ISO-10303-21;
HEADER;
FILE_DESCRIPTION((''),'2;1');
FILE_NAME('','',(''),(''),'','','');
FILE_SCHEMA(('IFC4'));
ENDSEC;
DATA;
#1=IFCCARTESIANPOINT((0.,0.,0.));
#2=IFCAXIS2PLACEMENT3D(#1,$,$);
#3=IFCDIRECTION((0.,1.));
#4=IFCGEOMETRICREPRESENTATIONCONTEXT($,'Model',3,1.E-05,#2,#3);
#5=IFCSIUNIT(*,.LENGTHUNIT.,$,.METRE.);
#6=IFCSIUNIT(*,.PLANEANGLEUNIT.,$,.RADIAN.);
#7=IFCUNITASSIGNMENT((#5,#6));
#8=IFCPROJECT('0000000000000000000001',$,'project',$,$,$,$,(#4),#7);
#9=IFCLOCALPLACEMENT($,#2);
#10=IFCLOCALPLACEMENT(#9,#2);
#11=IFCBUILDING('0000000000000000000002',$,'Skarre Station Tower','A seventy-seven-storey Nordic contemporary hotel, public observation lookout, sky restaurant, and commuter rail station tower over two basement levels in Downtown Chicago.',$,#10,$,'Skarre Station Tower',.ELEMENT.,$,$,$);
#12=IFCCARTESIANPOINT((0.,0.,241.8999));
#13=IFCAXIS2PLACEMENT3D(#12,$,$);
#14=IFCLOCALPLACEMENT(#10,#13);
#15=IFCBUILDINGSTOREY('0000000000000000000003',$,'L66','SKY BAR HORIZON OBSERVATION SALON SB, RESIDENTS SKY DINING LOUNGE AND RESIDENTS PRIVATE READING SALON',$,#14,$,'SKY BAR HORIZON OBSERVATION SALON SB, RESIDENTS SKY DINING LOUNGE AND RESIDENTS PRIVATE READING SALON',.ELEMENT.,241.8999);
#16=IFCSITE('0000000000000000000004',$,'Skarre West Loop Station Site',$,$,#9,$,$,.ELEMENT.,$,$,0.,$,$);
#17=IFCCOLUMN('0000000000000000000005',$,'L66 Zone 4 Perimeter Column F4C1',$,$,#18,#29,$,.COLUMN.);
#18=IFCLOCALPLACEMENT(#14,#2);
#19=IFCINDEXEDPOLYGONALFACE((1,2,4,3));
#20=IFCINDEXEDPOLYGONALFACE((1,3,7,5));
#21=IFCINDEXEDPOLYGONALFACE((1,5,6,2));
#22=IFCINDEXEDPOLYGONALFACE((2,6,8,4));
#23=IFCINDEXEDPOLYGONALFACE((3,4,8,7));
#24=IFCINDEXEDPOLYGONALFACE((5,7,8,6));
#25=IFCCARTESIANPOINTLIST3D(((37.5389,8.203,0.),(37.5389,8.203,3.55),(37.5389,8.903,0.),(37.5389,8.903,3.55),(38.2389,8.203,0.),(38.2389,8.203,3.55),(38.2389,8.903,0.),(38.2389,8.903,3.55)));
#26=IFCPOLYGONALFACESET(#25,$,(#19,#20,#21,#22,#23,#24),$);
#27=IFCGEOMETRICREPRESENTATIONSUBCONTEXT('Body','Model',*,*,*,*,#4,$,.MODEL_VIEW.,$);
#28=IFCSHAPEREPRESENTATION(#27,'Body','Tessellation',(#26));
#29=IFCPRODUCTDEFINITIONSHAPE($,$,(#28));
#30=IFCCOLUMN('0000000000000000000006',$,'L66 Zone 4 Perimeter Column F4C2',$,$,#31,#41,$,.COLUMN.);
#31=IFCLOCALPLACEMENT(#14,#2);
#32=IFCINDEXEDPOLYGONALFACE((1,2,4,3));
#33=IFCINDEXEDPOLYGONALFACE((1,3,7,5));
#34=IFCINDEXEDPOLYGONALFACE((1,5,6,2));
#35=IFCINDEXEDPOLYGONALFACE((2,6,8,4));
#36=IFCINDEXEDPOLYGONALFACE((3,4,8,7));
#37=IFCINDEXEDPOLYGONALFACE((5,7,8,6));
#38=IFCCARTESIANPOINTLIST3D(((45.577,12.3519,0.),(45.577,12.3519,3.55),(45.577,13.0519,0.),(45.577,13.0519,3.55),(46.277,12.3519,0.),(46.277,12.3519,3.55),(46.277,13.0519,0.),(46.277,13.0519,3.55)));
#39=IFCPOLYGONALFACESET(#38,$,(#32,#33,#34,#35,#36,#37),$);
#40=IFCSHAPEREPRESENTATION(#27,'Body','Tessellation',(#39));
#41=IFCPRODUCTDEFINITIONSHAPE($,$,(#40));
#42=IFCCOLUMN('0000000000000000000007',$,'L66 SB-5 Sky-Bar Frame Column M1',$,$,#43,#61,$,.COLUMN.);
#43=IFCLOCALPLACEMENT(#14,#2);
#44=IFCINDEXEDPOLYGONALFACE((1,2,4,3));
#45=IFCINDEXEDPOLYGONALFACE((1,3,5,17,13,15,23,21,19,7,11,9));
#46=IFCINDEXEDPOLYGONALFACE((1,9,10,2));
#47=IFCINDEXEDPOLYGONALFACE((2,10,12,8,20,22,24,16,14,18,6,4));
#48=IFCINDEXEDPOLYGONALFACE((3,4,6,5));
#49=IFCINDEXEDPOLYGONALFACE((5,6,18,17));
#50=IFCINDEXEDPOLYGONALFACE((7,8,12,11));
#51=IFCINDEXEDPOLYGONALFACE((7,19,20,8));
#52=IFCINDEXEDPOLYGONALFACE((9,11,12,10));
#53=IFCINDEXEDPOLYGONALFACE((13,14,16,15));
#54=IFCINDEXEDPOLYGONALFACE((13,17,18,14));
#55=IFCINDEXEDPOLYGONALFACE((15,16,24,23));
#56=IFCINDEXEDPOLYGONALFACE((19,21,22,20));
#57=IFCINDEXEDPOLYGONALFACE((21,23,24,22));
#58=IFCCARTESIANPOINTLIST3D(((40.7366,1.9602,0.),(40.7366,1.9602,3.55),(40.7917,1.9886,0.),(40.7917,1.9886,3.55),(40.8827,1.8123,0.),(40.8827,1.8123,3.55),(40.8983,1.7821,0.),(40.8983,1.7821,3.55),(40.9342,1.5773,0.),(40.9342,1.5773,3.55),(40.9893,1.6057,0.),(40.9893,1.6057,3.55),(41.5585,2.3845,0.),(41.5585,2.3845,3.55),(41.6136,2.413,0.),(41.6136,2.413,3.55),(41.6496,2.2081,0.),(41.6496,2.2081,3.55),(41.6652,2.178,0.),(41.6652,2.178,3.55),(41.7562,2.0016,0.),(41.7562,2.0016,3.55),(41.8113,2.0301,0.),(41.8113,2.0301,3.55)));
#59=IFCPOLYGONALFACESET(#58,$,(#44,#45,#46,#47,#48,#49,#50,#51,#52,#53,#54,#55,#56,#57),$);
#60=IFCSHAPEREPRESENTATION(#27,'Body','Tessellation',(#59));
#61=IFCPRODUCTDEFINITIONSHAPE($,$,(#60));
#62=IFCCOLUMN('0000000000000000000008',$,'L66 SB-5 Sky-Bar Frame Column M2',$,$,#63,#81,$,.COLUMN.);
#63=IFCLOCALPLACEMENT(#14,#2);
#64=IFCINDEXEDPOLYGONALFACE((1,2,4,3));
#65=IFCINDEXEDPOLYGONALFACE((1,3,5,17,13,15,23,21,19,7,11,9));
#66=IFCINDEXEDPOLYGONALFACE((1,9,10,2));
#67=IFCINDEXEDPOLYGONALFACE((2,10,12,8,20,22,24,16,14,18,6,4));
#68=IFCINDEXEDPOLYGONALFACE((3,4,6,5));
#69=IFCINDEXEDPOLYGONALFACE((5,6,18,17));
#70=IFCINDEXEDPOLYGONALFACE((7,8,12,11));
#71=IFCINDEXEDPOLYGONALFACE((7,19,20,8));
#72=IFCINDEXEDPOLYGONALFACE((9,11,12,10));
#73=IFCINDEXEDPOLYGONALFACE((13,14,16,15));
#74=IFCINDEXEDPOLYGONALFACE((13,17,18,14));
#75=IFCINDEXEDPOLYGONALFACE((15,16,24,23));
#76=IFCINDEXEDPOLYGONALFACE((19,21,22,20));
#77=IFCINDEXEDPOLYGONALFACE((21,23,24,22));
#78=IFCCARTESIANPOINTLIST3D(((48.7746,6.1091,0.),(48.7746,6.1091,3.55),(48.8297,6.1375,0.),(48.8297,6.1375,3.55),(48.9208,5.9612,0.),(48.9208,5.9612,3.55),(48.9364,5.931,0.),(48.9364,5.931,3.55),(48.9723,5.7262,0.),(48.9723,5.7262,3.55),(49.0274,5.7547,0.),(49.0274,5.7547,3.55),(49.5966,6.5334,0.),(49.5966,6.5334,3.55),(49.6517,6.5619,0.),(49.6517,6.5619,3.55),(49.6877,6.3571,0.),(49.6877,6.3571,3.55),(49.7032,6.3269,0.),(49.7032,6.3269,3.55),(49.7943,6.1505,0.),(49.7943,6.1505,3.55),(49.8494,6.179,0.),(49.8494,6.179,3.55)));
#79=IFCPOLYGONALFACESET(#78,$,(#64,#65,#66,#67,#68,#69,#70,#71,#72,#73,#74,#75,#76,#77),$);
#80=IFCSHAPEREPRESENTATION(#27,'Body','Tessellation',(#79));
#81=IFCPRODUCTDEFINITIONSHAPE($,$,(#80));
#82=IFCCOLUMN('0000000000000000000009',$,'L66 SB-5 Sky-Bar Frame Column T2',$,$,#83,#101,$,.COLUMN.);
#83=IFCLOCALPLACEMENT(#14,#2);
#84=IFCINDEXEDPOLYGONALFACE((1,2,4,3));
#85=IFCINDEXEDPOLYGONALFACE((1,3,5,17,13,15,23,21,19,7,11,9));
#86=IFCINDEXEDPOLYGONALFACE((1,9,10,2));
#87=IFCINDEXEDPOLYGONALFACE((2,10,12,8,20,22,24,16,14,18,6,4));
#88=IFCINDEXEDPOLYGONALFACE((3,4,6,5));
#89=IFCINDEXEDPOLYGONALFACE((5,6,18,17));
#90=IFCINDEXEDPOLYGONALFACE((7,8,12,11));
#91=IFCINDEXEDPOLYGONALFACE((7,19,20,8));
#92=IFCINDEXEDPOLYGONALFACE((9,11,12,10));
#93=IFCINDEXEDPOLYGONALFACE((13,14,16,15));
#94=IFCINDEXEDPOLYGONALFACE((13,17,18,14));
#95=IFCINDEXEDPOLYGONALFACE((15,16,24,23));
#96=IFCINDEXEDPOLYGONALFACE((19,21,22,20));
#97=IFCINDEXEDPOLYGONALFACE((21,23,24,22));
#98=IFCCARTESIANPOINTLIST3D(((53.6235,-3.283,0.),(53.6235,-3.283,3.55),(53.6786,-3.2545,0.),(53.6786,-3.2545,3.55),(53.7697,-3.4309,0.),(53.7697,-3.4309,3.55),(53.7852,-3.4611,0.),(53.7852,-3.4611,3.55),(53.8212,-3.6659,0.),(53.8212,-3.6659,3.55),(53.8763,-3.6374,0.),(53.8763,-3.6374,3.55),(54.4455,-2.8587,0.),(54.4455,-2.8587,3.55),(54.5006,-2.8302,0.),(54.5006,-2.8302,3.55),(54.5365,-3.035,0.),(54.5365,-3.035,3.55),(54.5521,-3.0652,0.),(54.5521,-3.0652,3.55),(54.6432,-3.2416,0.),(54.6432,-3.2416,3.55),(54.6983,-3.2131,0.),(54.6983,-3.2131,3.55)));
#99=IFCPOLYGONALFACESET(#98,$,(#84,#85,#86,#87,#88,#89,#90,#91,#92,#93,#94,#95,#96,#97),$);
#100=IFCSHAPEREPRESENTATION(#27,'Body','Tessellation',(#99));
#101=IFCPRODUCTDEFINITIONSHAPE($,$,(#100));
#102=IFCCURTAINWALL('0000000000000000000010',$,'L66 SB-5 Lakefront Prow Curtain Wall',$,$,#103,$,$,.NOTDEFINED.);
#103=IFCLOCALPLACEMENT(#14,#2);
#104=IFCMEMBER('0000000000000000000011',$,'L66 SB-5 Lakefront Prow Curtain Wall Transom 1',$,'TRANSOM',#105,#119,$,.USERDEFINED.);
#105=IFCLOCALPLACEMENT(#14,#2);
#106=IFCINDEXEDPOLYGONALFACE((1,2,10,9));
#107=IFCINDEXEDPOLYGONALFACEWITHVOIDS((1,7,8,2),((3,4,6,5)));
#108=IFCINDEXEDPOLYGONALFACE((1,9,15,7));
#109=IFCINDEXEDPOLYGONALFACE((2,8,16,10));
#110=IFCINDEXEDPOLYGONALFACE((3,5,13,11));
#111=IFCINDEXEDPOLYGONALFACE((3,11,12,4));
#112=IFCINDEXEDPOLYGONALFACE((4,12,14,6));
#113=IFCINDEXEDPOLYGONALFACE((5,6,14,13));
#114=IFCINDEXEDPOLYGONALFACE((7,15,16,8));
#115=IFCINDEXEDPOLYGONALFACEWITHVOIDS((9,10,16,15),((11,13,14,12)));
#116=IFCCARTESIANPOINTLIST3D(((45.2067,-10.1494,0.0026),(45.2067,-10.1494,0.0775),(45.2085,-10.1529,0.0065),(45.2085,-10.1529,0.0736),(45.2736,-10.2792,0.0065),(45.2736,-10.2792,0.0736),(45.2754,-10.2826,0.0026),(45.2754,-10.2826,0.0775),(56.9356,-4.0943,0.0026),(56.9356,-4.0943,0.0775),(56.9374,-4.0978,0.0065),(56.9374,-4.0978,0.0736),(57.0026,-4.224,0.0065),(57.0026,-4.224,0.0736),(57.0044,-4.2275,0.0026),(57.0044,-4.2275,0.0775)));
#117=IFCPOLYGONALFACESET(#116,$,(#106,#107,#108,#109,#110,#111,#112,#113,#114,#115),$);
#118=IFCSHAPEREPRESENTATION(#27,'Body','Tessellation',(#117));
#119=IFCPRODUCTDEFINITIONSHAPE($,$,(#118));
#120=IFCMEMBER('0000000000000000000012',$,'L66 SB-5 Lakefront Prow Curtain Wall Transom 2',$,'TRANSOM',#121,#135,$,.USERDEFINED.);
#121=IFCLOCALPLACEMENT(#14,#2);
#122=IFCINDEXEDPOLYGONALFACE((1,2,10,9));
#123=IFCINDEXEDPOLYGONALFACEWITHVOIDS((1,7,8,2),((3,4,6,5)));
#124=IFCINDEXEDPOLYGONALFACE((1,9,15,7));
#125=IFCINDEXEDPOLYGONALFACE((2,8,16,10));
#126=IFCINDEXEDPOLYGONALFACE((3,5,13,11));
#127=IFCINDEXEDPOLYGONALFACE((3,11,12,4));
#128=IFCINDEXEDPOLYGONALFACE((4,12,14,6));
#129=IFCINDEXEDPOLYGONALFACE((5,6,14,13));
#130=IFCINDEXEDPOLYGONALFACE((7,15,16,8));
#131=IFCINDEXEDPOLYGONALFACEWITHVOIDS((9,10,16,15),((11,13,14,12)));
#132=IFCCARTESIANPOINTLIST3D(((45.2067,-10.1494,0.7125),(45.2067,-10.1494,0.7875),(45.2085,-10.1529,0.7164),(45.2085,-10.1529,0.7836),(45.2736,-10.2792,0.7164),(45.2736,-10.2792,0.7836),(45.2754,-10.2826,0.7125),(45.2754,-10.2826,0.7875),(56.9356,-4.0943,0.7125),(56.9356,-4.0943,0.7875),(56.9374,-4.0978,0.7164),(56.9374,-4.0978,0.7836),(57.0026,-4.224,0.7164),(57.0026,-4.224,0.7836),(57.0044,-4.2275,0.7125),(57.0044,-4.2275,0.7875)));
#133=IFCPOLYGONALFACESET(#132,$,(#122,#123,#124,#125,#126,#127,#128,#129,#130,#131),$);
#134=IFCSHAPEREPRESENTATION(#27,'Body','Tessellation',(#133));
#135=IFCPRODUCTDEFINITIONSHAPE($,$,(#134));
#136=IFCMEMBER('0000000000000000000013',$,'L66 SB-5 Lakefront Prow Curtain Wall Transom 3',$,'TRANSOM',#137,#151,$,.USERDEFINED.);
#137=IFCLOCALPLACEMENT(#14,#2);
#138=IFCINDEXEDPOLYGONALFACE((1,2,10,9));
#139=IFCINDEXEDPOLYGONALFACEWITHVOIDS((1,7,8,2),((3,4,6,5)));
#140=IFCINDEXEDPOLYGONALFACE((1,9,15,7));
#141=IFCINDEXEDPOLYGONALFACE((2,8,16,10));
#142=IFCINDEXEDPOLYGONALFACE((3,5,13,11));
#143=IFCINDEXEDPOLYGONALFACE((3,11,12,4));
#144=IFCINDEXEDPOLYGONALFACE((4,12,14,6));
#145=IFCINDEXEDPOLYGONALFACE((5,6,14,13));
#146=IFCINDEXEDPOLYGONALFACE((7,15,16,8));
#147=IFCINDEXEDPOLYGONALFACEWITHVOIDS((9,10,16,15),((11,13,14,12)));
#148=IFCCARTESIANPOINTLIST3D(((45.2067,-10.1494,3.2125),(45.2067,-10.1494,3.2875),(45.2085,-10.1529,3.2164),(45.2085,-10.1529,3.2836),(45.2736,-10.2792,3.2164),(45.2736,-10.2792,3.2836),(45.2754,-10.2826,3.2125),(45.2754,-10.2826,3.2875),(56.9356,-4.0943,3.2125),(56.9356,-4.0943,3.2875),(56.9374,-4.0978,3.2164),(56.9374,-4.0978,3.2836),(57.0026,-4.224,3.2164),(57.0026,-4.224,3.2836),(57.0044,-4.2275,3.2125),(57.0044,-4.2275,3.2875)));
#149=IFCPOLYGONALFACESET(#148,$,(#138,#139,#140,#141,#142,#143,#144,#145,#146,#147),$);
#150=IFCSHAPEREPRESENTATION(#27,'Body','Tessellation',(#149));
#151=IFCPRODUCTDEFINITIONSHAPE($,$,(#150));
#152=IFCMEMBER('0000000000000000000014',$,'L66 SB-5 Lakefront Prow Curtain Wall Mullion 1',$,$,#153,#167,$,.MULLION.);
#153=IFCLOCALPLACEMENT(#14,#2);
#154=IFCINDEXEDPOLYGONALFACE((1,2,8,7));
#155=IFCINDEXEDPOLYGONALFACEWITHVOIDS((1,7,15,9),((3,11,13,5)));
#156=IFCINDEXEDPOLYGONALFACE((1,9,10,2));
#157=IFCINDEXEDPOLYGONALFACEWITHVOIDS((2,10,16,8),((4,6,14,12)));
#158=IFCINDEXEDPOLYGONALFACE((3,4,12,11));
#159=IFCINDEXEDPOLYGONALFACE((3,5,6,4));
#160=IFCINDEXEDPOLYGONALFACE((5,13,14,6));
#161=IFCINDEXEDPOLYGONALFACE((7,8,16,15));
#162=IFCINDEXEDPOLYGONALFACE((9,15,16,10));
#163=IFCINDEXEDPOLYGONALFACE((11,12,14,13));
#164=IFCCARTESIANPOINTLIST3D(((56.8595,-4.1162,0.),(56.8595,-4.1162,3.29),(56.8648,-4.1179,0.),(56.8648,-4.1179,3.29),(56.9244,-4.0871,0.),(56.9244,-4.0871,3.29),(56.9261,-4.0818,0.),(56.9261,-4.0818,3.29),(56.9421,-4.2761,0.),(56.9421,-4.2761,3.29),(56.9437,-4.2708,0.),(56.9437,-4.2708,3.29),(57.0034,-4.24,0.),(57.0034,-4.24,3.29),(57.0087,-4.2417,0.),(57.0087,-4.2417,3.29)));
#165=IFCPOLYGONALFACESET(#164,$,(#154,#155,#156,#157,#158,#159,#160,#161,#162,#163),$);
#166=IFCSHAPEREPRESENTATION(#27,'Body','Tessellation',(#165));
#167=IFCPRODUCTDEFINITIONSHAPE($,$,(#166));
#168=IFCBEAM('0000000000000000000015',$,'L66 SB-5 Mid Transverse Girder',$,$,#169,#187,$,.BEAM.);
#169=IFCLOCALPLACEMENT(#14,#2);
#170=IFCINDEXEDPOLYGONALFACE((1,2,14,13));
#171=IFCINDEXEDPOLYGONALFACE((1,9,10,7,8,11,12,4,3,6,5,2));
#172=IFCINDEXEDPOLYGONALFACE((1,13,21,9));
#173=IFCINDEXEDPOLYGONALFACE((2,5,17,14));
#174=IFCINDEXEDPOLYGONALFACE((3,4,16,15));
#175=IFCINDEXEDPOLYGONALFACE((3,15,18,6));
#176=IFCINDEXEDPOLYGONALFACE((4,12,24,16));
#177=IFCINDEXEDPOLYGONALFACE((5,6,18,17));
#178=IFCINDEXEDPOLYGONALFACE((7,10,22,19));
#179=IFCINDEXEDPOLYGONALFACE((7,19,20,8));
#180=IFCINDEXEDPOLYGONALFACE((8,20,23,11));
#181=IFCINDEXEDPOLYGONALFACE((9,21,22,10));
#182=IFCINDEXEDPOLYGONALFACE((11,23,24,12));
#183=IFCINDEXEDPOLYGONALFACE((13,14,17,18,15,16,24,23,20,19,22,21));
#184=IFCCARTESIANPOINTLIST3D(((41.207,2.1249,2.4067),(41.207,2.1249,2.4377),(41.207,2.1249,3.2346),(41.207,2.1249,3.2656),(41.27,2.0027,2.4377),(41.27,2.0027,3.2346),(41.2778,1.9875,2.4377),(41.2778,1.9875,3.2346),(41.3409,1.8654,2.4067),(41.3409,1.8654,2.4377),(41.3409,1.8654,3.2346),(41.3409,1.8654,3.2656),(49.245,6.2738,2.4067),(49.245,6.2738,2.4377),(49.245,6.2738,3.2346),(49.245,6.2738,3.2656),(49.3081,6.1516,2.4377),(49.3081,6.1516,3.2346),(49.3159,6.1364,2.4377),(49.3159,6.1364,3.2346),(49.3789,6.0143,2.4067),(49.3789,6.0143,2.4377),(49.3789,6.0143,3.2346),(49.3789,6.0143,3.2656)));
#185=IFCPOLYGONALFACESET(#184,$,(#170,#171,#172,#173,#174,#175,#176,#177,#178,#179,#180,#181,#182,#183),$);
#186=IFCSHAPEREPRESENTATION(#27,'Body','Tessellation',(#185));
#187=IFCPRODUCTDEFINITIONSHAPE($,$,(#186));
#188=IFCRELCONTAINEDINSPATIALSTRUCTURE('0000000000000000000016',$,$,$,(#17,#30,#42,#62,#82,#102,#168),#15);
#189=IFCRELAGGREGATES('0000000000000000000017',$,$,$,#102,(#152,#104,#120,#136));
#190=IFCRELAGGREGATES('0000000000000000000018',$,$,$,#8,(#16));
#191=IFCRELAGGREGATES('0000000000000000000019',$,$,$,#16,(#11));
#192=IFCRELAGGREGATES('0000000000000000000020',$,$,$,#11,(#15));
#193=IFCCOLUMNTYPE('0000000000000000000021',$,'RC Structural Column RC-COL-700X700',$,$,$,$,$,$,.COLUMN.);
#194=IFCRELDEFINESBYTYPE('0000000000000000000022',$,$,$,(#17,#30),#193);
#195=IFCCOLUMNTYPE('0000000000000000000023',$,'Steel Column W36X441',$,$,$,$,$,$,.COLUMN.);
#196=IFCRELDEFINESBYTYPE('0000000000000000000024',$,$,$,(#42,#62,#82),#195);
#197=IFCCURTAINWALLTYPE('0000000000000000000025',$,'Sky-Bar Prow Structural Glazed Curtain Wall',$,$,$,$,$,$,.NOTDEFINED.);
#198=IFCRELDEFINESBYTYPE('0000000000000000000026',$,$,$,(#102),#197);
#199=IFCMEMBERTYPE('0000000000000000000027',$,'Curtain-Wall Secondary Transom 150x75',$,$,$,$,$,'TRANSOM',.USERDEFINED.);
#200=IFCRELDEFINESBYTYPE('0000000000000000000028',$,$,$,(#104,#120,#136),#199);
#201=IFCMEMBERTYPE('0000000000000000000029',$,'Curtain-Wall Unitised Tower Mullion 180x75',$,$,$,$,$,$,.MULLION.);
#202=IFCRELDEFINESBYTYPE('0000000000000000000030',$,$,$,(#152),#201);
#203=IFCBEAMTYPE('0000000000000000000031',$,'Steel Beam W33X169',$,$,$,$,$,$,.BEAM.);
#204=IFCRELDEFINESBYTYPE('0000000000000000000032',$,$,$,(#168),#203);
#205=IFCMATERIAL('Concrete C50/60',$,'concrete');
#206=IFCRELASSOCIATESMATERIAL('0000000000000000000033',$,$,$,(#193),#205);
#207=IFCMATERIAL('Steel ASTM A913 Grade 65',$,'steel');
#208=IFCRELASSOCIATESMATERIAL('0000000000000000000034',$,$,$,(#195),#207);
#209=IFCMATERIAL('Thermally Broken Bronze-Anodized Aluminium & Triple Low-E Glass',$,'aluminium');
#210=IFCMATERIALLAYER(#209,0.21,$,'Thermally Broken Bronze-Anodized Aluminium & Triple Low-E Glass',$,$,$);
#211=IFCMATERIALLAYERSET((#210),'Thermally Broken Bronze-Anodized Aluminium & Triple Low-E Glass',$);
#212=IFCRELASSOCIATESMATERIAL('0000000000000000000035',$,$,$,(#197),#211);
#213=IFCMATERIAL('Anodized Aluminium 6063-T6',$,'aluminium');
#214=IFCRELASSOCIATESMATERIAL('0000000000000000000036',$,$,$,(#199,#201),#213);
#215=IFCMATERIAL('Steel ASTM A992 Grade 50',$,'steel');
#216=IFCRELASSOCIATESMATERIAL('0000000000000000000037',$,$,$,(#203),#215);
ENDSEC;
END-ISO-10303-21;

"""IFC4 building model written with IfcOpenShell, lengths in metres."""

from ifc_helpers import new_model, si_unit, direction, frame, origin, origin_2d, place, context, subcontext, project, spatial, rectangle, hollow_rectangle, i_section, extrude, material, layer, layer_set, material_profile, profile_set, type_object, element, aggregate, save


model = new_model("IFC4")

# Units and contexts
model_context = context("Model", 3, precision=1e-05, world=origin(), true_north=direction((0.0, 1.0)))
body_context = subcontext(model_context, "Body", "Model", "MODEL_VIEW")
ifc_project = project(units=[si_unit("LENGTHUNIT", "METRE"), si_unit("PLANEANGLEUNIT", "RADIAN")], contexts=[model_context])

# Site, building, storey
site_placement = place(None, origin())
site = spatial("IfcSite", under=ifc_project, at=site_placement, Name="Skarre West Loop Station Site", CompositionType="ELEMENT", RefElevation=0.0)
building_placement = place(site_placement, origin())
building = spatial("IfcBuilding", under=site, at=building_placement, Name="Skarre Station Tower", Description="A seventy-seven-storey Nordic contemporary hotel, public observation lookout, sky restaurant, and commuter rail station tower over two basement levels in Downtown Chicago.", LongName="Skarre Station Tower", CompositionType="ELEMENT")
storey_placement = place(building_placement, frame((0.0, 0.0, 241.8999)))
storey = spatial("IfcBuildingStorey", under=building, at=storey_placement, Name="L66", Description="SKY BAR HORIZON OBSERVATION SALON SB, RESIDENTS SKY DINING LOUNGE AND RESIDENTS PRIVATE READING SALON", LongName="SKY BAR HORIZON OBSERVATION SALON SB, RESIDENTS SKY DINING LOUNGE AND RESIDENTS PRIVATE READING SALON", CompositionType="ELEMENT", Elevation=241.8999)

# Columns
ifc_material_1 = material(Name="Concrete C50/60", Category="concrete")
ifc_material_profile_1 = material_profile(ifc_material_1, rectangle(XDim=0.7, YDim=0.7, at=origin_2d()), Name="Concrete C50/60")
ifc_profile_set_1 = profile_set([ifc_material_profile_1], Name="Concrete C50/60")
column_type_1 = type_object("IfcColumnType", Name="RC Structural Column RC-COL-700X700", PredefinedType="COLUMN", material=ifc_profile_set_1)
for number, where, z_axis, x_axis, name in (
    (1, (37.8889, 8.553, 0.0), (0.0, 0.0, 1.0), (1.0, 0.0, 0.0), "L66 Zone 4 Perimeter Column F4C1"),
    (2, (45.927, 12.7019, 0.0), (0.0, 0.0, 1.0), (1.0, 0.0, 0.0), "L66 Zone 4 Perimeter Column F4C2"),
):
    element("IfcColumn", number, at=place(storey_placement, frame(where, z_axis=z_axis, x_axis=x_axis)), inside=storey, type_object=column_type_1, Name=name, PredefinedType="COLUMN", context=body_context, shape_type="SweptSolid", body=[
        extrude(rectangle(XDim=0.7, YDim=0.7, at=origin_2d()), origin(), (0.0, 0.0, 1.0), 3.55),
    ])
ifc_material_2 = material(Name="Steel ASTM A913 Grade 65", Category="steel")
ifc_material_profile_2 = material_profile(ifc_material_2, i_section(OverallWidth=0.4309, OverallDepth=0.9871, WebThickness=0.0339, FlangeThickness=0.062, at=origin_2d()), Name="Steel ASTM A913 Grade 65")
ifc_profile_set_2 = profile_set([ifc_material_profile_2], Name="Steel ASTM A913 Grade 65")
column_type_2 = type_object("IfcColumnType", Name="Steel Column W36X441", PredefinedType="COLUMN", material=ifc_profile_set_2)
for number, where, z_axis, x_axis, name in (
    (3, (41.2739, 1.9951, 0.0), (0.0, 0.0, 1.0), (0.458712, -0.888585, 0.0), "L66 SB-5 Sky-Bar Frame Column M1"),
    (4, (49.312, 6.144, 0.0), (0.0, 0.0, 1.0), (0.458712, -0.888585, 0.0), "L66 SB-5 Sky-Bar Frame Column M2"),
    (5, (54.1609, -3.248, 0.0), (0.0, 0.0, 1.0), (0.458712, -0.888585, 0.0), "L66 SB-5 Sky-Bar Frame Column T2"),
):
    element("IfcColumn", number, at=place(storey_placement, frame(where, z_axis=z_axis, x_axis=x_axis)), inside=storey, type_object=column_type_2, Name=name, PredefinedType="COLUMN", context=body_context, shape_type="SweptSolid", body=[
        extrude(i_section(OverallWidth=0.4309, OverallDepth=0.9871, WebThickness=0.0339, FlangeThickness=0.062, at=origin_2d()), origin(), (0.0, 0.0, 1.0), 3.55),
    ])

# Curtain wall, members
ifc_material_3 = material(Name="Thermally Broken Bronze-Anodized Aluminium & Triple Low-E Glass", Category="aluminium")
ifc_layer_1 = layer(ifc_material_3, 0.21, Name="Thermally Broken Bronze-Anodized Aluminium & Triple Low-E Glass")
ifc_layer_set_1 = layer_set([ifc_layer_1], Name="Thermally Broken Bronze-Anodized Aluminium & Triple Low-E Glass")
curtain_wall_type = type_object("IfcCurtainWallType", Name="Sky-Bar Prow Structural Glazed Curtain Wall", PredefinedType="NOTDEFINED", material=ifc_layer_set_1)
curtain_wall_placement = place(storey_placement, origin())
curtain_wall = element("IfcCurtainWall", 6, at=curtain_wall_placement, inside=storey, type_object=curtain_wall_type, Name="L66 SB-5 Lakefront Prow Curtain Wall", PredefinedType="NOTDEFINED")
ifc_material_4 = material(Name="Anodized Aluminium 6063-T6", Category="aluminium")
ifc_material_profile_3 = material_profile(ifc_material_4, hollow_rectangle(XDim=0.075, YDim=0.1499, WallThickness=0.0039, at=origin_2d()), Name="Anodized Aluminium 6063-T6")
ifc_profile_set_3 = profile_set([ifc_material_profile_3], Name="Anodized Aluminium 6063-T6")
member_type_1 = type_object("IfcMemberType", Name="Curtain-Wall Secondary Transom 150x75", ElementType="TRANSOM", PredefinedType="USERDEFINED", material=ifc_profile_set_3)
member_1_placement = place(storey_placement, frame((56.97, -4.1609, 0.04), z_axis=(-0.888574, -0.458732, 0.0), x_axis=(0.0, 0.0, 1.0)))
member_1 = element("IfcMember", 7, at=member_1_placement, type_object=member_type_1, Name="L66 SB-5 Lakefront Prow Curtain Wall Transom 1", ObjectType="TRANSOM", PredefinedType="USERDEFINED", context=body_context, shape_type="SweptSolid", body=[
    extrude(hollow_rectangle(XDim=0.075, YDim=0.1499, WallThickness=0.0039, at=origin_2d()), origin(), (0.0, 0.0, 1.0), 13.1997),
])
member_2_placement = place(storey_placement, frame((56.97, -4.1609, 0.75), z_axis=(-0.888574, -0.458732, 0.0), x_axis=(0.0, 0.0, 1.0)))
member_2 = element("IfcMember", 8, at=member_2_placement, type_object=member_type_1, Name="L66 SB-5 Lakefront Prow Curtain Wall Transom 2", ObjectType="TRANSOM", PredefinedType="USERDEFINED", context=body_context, shape_type="SweptSolid", body=[
    extrude(hollow_rectangle(XDim=0.075, YDim=0.1499, WallThickness=0.0039, at=origin_2d()), origin(), (0.0, 0.0, 1.0), 13.1997),
])
member_3_placement = place(storey_placement, frame((56.97, -4.1609, 3.25), z_axis=(-0.888574, -0.458732, 0.0), x_axis=(0.0, 0.0, 1.0)))
member_3 = element("IfcMember", 9, at=member_3_placement, type_object=member_type_1, Name="L66 SB-5 Lakefront Prow Curtain Wall Transom 3", ObjectType="TRANSOM", PredefinedType="USERDEFINED", context=body_context, shape_type="SweptSolid", body=[
    extrude(hollow_rectangle(XDim=0.075, YDim=0.1499, WallThickness=0.0039, at=origin_2d()), origin(), (0.0, 0.0, 1.0), 13.1997),
])
ifc_material_profile_4 = material_profile(ifc_material_4, hollow_rectangle(XDim=0.075, YDim=0.1799, WallThickness=0.0039, at=origin_2d()), Name="Anodized Aluminium 6063-T6")
ifc_profile_set_4 = profile_set([ifc_material_profile_4], Name="Anodized Aluminium 6063-T6")
member_type_2 = type_object("IfcMemberType", Name="Curtain-Wall Unitised Tower Mullion 180x75", PredefinedType="MULLION", material=ifc_profile_set_4)
member_4_placement = place(storey_placement, frame((56.9341, -4.179, 0.0), z_axis=(0.0, 0.0, 1.0), x_axis=(-0.888577, -0.458727, 0.0)))
member_4 = element("IfcMember", 10, at=member_4_placement, type_object=member_type_2, Name="L66 SB-5 Lakefront Prow Curtain Wall Mullion 1", PredefinedType="MULLION", context=body_context, shape_type="SweptSolid", body=[
    extrude(hollow_rectangle(XDim=0.075, YDim=0.1799, WallThickness=0.0039, at=origin_2d()), origin(), (0.0, 0.0, 1.0), 3.29),
])
aggregate(curtain_wall, [member_4, member_1, member_2, member_3])

# Beam
ifc_material_5 = material(Name="Steel ASTM A992 Grade 50", Category="steel")
ifc_material_profile_5 = material_profile(ifc_material_5, i_section(OverallWidth=0.292, OverallDepth=0.8589, WebThickness=0.0171, FlangeThickness=0.031, at=origin_2d()), Name="Steel ASTM A992 Grade 50")
ifc_profile_set_5 = profile_set([ifc_material_profile_5], Name="Steel ASTM A992 Grade 50")
beam_type_1 = type_object("IfcBeamType", Name="Steel Beam W33X169", PredefinedType="BEAM", material=ifc_profile_set_5)
beam_1_placement = place(storey_placement, frame((41.2739, 1.9951, 2.8362), z_axis=(0.88861, 0.458664, 0.0), x_axis=(-0.458664, 0.88861, 0.0)))
element("IfcBeam", 11, at=beam_1_placement, inside=storey, type_object=beam_type_1, Name="L66 SB-5 Mid Transverse Girder", PredefinedType="BEAM", context=body_context, shape_type="SweptSolid", body=[
    extrude(i_section(OverallWidth=0.292, OverallDepth=0.8589, WebThickness=0.0171, FlangeThickness=0.031, at=origin_2d()), origin(), (0.0, 0.0, 1.0), 9.0457),
])

save(model, "model.ifc")
